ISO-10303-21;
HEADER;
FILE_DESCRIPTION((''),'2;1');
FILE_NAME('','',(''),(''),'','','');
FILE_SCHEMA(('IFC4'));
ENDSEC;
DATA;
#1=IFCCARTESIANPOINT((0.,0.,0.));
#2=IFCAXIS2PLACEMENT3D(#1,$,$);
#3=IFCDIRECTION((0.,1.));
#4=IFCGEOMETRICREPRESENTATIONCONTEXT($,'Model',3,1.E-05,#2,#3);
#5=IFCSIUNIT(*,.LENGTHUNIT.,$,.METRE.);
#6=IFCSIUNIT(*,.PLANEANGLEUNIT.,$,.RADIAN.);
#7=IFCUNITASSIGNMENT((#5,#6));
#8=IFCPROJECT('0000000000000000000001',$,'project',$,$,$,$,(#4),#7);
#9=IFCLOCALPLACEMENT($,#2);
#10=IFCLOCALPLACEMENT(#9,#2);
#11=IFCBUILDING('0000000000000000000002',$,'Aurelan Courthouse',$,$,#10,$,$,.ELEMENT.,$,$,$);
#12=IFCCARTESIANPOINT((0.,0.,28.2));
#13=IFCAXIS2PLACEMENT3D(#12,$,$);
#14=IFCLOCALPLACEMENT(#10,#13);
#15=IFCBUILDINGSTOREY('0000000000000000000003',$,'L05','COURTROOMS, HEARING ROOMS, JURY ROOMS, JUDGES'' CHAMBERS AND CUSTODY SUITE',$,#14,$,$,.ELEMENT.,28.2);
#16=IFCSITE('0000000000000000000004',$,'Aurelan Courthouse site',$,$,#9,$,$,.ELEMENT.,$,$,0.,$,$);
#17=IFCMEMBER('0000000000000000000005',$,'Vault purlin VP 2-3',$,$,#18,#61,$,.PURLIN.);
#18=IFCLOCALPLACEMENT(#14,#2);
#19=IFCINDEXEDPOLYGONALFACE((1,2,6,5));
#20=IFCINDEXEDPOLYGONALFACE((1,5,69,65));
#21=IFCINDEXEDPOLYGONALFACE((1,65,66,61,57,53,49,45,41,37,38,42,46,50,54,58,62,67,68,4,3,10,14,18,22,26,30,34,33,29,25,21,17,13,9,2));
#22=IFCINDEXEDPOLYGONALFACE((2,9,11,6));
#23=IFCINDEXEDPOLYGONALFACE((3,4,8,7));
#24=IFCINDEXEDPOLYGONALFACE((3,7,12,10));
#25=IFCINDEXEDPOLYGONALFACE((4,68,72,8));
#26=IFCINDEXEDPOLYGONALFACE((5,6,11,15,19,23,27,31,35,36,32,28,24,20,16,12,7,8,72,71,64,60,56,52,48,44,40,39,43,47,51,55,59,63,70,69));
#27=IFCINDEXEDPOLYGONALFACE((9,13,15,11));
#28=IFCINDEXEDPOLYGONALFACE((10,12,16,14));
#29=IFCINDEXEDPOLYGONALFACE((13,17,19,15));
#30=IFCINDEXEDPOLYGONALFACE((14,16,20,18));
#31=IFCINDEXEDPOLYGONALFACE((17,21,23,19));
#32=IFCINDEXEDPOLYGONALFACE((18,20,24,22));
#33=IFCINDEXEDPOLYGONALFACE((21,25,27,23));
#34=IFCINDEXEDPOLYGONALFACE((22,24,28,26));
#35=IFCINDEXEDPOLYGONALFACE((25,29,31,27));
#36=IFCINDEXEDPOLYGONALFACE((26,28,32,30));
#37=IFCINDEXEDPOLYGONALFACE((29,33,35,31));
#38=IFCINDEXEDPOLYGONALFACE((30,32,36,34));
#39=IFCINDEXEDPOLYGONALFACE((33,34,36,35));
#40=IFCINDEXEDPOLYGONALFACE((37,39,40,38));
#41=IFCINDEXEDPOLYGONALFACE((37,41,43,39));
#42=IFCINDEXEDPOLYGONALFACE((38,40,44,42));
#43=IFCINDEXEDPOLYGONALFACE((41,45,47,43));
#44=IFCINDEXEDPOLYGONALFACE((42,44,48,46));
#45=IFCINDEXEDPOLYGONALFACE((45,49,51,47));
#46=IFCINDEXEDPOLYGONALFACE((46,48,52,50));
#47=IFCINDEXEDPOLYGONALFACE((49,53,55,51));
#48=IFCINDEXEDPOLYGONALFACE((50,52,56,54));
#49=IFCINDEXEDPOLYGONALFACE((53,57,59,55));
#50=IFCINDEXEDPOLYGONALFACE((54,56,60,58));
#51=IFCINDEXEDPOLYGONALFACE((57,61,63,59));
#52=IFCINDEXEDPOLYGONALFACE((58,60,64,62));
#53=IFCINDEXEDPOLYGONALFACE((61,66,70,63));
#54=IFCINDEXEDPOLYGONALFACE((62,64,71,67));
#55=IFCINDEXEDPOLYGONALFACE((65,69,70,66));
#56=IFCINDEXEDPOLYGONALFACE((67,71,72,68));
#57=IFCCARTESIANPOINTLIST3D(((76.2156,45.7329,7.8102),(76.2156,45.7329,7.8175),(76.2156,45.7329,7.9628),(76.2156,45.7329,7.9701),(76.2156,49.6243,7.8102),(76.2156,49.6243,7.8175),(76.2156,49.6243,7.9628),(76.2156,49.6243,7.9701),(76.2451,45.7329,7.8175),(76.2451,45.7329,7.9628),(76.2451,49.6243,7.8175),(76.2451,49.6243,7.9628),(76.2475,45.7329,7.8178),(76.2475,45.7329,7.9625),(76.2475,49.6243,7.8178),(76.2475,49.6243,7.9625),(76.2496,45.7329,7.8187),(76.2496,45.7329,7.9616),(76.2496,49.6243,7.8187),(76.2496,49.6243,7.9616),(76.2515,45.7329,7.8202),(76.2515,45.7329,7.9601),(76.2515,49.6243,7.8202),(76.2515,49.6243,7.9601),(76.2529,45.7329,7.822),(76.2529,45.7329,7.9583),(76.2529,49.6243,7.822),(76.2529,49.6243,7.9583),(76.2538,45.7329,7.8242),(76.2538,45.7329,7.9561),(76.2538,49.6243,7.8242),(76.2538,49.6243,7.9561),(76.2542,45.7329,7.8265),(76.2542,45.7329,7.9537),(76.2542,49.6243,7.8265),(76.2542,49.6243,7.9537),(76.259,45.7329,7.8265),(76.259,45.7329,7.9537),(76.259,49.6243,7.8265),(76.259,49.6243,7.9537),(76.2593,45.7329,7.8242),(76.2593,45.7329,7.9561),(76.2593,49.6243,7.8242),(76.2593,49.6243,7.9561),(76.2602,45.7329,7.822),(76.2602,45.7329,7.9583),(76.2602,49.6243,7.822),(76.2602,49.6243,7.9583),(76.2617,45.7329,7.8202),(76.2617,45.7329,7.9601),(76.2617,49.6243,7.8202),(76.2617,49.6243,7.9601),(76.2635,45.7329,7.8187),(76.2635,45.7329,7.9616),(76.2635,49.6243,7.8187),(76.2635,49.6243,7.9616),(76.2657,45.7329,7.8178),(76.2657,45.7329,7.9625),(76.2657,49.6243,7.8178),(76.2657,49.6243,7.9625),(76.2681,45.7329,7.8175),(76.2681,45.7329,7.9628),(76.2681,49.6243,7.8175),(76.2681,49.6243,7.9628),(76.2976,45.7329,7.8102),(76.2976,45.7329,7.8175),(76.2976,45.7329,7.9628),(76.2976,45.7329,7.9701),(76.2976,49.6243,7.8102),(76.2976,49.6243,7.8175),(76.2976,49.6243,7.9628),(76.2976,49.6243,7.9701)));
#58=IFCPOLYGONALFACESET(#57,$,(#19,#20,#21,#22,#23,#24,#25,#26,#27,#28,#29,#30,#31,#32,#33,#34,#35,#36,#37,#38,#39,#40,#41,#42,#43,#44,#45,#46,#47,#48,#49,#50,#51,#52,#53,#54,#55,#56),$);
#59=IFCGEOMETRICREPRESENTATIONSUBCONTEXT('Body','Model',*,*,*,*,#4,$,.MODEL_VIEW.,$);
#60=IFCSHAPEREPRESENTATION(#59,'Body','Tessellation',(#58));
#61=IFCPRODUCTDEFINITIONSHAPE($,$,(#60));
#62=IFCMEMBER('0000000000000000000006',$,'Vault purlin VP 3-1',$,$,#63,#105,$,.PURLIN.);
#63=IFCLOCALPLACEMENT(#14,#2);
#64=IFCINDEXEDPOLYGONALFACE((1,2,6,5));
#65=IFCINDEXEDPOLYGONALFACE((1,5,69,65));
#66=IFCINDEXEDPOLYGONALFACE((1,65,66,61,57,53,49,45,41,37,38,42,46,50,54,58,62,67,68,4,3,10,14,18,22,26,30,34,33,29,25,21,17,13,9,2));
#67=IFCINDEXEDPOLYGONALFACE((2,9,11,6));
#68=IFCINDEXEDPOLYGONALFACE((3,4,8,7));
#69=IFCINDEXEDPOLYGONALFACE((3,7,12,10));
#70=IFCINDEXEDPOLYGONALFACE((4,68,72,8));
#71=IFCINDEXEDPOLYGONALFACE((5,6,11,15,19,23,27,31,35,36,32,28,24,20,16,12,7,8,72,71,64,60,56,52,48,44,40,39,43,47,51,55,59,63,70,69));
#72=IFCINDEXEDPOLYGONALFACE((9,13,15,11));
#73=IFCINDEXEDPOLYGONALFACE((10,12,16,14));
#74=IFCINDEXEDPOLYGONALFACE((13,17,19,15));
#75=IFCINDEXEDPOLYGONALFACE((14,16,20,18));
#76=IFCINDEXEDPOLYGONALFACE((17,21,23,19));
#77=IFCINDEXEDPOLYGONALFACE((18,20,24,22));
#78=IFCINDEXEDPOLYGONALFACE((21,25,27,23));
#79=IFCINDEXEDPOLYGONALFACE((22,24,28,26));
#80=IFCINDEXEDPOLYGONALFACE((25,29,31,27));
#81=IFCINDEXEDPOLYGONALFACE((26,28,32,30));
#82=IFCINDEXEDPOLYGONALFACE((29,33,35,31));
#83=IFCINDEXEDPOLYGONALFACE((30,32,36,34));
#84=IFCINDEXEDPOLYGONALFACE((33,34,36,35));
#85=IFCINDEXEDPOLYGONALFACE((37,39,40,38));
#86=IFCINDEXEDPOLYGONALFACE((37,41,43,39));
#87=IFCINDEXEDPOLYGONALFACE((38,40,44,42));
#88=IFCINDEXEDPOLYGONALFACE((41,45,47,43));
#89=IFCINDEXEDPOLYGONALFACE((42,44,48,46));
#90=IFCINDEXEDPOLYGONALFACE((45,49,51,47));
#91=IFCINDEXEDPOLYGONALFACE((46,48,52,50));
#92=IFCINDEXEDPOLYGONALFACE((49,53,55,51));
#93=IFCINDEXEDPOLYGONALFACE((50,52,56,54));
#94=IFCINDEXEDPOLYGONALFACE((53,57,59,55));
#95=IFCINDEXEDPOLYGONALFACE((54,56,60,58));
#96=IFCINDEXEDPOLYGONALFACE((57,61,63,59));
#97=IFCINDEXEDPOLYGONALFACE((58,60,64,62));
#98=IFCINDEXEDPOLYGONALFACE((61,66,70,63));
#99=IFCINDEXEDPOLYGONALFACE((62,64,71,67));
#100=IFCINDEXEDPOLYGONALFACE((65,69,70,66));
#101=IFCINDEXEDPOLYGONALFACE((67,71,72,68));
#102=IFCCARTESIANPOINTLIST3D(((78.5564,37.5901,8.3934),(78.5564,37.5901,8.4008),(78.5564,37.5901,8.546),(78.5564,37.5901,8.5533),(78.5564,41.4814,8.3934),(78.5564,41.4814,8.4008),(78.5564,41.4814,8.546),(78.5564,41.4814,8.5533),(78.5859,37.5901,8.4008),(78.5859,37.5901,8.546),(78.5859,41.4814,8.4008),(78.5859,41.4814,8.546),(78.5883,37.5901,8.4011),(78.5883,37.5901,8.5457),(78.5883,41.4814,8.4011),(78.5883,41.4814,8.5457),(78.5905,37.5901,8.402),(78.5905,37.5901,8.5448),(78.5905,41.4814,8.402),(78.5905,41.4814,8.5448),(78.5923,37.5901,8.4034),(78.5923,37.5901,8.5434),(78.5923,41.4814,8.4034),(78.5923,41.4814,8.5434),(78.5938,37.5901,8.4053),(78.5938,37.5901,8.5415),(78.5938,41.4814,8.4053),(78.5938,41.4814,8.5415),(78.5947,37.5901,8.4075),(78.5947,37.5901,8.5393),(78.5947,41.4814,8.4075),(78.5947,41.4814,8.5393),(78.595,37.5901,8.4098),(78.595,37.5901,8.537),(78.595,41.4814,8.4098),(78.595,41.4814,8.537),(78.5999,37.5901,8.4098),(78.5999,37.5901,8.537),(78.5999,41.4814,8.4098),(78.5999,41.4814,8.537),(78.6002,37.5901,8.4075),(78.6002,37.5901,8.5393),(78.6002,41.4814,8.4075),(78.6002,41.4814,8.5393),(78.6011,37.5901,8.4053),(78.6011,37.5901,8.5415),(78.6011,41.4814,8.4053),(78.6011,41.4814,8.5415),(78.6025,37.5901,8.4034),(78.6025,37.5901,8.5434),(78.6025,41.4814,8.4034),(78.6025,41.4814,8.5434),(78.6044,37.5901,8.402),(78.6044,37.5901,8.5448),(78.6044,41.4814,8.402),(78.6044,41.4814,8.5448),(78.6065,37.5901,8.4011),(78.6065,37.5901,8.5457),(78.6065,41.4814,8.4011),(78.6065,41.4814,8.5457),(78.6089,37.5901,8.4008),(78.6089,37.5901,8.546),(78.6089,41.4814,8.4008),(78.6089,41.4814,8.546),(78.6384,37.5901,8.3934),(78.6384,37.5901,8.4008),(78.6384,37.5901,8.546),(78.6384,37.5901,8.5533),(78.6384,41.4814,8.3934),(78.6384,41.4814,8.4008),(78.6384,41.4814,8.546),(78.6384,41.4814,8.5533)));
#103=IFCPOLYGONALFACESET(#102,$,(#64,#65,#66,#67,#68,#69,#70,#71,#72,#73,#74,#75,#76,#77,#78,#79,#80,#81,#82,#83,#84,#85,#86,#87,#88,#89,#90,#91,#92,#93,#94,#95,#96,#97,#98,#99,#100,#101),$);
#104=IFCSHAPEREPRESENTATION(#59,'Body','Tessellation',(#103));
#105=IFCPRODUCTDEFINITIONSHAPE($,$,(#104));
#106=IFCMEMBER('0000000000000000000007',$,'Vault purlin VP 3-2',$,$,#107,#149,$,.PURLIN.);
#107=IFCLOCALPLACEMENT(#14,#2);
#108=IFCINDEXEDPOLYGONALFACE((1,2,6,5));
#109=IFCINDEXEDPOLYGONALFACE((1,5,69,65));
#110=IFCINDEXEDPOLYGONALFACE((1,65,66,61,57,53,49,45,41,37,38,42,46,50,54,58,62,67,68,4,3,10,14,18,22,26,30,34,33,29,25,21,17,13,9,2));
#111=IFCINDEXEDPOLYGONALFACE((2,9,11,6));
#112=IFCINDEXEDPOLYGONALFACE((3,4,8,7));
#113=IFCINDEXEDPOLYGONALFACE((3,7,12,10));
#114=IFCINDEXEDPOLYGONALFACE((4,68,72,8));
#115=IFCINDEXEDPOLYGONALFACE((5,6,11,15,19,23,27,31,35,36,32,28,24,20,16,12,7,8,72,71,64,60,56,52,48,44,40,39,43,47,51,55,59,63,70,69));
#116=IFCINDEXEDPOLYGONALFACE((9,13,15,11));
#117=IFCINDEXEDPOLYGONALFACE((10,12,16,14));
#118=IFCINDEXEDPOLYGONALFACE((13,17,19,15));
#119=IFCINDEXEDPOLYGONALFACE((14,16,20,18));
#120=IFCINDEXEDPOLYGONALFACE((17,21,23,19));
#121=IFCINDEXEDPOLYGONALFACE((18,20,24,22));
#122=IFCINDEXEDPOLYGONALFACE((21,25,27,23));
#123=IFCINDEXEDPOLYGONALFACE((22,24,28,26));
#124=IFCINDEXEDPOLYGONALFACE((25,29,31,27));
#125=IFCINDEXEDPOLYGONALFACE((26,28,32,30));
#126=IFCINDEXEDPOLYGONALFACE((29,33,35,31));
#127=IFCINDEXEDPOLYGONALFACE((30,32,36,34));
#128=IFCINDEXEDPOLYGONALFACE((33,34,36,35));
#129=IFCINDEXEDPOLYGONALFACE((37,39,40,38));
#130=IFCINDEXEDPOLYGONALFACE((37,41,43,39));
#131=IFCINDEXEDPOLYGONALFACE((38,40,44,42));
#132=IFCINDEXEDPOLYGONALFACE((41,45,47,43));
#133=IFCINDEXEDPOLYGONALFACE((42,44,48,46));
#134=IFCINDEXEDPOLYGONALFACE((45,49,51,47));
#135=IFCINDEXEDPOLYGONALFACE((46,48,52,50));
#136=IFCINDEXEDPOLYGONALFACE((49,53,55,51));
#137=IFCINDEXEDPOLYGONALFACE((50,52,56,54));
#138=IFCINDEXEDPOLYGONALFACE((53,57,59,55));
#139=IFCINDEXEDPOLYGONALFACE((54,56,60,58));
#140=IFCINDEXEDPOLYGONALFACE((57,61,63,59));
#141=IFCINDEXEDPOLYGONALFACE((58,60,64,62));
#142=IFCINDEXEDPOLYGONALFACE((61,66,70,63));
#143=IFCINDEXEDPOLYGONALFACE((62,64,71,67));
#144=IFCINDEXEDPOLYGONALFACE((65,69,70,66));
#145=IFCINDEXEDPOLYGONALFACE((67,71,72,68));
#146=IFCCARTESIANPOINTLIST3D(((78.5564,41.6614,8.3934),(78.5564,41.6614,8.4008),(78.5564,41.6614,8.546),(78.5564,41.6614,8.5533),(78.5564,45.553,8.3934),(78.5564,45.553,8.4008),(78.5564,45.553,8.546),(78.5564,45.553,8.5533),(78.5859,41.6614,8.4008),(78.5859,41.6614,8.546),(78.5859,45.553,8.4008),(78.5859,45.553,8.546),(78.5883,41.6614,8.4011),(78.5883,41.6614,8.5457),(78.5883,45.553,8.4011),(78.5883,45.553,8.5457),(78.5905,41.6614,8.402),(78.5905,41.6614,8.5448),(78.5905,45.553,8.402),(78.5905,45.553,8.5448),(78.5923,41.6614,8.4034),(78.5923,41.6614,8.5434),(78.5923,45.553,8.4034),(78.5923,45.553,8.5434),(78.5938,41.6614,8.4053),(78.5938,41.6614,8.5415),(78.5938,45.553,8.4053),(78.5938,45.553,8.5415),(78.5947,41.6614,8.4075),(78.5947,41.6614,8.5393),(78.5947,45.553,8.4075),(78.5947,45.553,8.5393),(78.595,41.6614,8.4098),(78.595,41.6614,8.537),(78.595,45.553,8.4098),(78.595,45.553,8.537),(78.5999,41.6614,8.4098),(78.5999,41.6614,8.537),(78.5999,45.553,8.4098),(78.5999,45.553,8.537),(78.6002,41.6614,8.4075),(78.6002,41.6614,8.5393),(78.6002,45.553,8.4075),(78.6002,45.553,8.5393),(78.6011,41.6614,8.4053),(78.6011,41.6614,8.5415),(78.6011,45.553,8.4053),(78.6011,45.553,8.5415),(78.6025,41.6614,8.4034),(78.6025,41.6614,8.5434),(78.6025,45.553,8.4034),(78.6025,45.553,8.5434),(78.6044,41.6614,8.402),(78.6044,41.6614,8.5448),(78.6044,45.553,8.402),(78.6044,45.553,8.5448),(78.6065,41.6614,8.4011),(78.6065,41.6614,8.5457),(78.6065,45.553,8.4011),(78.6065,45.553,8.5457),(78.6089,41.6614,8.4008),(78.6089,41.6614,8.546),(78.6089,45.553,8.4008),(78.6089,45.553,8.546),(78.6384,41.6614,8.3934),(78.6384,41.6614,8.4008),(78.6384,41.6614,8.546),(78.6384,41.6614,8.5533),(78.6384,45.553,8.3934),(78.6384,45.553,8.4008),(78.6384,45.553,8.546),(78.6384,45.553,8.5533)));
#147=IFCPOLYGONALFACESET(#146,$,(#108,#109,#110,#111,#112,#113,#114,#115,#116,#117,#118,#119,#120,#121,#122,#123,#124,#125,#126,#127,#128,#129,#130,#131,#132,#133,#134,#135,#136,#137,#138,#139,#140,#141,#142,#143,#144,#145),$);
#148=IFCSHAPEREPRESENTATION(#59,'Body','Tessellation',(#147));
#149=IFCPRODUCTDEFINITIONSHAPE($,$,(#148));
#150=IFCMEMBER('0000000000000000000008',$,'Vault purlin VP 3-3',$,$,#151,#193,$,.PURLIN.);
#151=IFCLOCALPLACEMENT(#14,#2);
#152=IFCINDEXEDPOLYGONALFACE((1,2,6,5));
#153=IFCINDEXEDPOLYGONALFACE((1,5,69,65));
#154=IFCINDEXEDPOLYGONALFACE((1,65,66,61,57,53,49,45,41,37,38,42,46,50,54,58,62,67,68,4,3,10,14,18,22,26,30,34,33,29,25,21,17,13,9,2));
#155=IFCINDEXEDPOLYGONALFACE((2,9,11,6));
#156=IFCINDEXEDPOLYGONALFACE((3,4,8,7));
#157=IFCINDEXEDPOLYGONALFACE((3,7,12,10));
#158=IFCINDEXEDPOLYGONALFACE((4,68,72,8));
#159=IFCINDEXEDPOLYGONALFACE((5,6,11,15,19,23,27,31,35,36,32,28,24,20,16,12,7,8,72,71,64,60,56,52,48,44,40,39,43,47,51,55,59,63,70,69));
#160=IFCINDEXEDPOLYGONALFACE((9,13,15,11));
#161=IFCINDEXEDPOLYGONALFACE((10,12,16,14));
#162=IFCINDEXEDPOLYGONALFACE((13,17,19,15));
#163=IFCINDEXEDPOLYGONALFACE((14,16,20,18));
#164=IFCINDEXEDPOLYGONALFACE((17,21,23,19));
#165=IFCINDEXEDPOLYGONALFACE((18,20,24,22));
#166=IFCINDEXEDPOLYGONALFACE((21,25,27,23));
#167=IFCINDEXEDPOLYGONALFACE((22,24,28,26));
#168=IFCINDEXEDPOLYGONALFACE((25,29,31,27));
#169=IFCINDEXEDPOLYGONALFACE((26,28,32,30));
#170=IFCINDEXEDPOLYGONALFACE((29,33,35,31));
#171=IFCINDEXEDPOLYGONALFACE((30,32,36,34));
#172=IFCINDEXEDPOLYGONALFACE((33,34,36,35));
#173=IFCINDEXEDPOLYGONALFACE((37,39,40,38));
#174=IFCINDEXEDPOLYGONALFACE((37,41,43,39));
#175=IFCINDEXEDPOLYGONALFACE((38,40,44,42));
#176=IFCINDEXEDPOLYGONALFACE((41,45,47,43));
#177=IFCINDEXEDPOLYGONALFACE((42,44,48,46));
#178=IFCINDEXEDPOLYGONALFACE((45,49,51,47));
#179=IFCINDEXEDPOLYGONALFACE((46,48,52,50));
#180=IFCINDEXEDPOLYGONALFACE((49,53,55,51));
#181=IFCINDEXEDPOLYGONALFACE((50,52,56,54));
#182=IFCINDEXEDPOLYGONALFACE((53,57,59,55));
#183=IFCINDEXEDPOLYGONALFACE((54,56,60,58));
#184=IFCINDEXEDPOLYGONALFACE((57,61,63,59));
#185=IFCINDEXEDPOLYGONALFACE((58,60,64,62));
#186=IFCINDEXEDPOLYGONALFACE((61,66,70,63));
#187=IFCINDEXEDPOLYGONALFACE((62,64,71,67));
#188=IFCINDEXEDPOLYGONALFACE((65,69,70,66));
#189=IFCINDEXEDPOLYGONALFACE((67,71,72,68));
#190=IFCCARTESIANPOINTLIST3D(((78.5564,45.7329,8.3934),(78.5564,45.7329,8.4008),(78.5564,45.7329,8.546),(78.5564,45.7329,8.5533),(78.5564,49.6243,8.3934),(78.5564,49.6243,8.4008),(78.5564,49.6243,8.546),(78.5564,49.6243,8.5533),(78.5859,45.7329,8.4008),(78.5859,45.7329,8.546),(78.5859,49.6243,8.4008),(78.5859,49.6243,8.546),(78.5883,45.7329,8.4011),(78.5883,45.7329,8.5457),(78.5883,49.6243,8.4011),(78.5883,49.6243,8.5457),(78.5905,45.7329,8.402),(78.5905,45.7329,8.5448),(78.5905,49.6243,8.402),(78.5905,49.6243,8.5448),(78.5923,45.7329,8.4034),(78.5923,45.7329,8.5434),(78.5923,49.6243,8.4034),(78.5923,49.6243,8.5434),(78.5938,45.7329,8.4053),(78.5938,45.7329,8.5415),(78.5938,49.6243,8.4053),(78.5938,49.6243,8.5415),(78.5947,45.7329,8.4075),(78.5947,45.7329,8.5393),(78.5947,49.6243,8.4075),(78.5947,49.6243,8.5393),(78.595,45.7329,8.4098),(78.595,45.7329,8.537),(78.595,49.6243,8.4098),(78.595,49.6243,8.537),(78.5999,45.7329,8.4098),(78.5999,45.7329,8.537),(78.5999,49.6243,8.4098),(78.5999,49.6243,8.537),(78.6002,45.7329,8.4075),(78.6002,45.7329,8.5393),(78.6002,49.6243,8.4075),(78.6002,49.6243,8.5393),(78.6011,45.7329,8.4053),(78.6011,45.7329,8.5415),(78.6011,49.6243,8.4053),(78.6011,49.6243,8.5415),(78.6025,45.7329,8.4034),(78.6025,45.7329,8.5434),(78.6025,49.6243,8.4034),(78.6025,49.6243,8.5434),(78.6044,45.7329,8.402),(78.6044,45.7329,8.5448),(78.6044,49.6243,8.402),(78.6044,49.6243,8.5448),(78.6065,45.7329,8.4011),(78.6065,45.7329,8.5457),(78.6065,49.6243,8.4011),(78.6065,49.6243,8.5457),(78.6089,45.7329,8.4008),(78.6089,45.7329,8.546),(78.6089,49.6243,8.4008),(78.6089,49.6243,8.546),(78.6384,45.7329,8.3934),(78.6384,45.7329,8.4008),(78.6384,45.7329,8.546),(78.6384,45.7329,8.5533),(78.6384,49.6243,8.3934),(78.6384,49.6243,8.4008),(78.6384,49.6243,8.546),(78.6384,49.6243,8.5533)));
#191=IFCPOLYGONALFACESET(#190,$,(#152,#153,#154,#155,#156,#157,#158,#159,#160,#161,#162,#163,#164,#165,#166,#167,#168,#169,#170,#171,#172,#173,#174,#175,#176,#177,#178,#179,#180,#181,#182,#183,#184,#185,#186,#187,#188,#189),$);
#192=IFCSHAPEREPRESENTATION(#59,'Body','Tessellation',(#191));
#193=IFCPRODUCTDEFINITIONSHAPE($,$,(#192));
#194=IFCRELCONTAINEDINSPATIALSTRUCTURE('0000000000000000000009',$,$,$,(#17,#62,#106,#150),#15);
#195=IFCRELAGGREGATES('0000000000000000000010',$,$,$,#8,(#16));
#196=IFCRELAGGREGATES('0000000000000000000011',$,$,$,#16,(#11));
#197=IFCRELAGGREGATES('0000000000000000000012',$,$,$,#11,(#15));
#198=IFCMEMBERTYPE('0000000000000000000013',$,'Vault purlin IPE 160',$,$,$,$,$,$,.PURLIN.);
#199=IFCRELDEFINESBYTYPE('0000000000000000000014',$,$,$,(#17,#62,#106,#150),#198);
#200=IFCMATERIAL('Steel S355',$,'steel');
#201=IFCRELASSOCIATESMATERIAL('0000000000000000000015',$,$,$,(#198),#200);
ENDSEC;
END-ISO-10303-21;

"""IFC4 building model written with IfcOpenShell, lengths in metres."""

from ifc_helpers import new_model, si_unit, direction, frame, origin, origin_2d, place, context, subcontext, project, spatial, i_section, extrude, material, material_profile, profile_set, type_object, element, save


model = new_model("IFC4")

# Units and contexts
model_context = context("Model", 3, precision=1e-05, world=origin(), true_north=direction((0.0, 1.0)))
body_context = subcontext(model_context, "Body", "Model", "MODEL_VIEW")
ifc_project = project(units=[si_unit("LENGTHUNIT", "METRE"), si_unit("PLANEANGLEUNIT", "RADIAN")], contexts=[model_context])

# Site, building, storey
site_placement = place(None, origin())
site = spatial("IfcSite", under=ifc_project, at=site_placement, Name="Aurelan Courthouse site", CompositionType="ELEMENT", RefElevation=0.0)
building_placement = place(site_placement, origin())
building = spatial("IfcBuilding", under=site, at=building_placement, Name="Aurelan Courthouse", CompositionType="ELEMENT")
storey_placement = place(building_placement, frame((0.0, 0.0, 28.2)))
storey = spatial("IfcBuildingStorey", under=building, at=storey_placement, Name="L05", Description="COURTROOMS, HEARING ROOMS, JURY ROOMS, JUDGES' CHAMBERS AND CUSTODY SUITE", CompositionType="ELEMENT", Elevation=28.2)

# Members
ifc_material_1 = material(Name="Steel S355", Category="steel")
ifc_material_profile_1 = material_profile(ifc_material_1, i_section(OverallWidth=0.082, OverallDepth=0.1599, WebThickness=0.0049, FlangeThickness=0.0073, FilletRadius=0.009, at=origin_2d()), Name="IPE 160")
ifc_profile_set_1 = profile_set([ifc_material_profile_1], Name="Steel S355")
member_type_1 = type_object("IfcMemberType", Name="Vault purlin IPE 160", PredefinedType="PURLIN", material=ifc_profile_set_1)
for number, where, z_axis, x_axis, name in (
    (1, (76.2566, 45.7329, 7.8901), (0.0, 1.0, 0.0), (-1.0, 0.0, 0.0), "Vault purlin VP 2-3"),
    (2, (78.5974, 37.5901, 8.4734), (0.0, 1.0, 0.0), (-1.0, 0.0, 0.0), "Vault purlin VP 3-1"),
):
    element("IfcMember", number, at=place(storey_placement, frame(where, z_axis=z_axis, x_axis=x_axis)), inside=storey, type_object=member_type_1, Name=name, PredefinedType="PURLIN", context=body_context, shape_type="SweptSolid", body=[
        extrude(i_section(OverallWidth=0.082, OverallDepth=0.1599, WebThickness=0.0049, FlangeThickness=0.0073, FilletRadius=0.009, at=origin_2d()), origin(), (0.0, 0.0, 1.0), 3.8914),
    ])
member_1_placement = place(storey_placement, frame((78.5974, 41.6614, 8.4734), z_axis=(0.0, 1.0, 0.0), x_axis=(-1.0, 0.0, 0.0)))
element("IfcMember", 3, at=member_1_placement, inside=storey, type_object=member_type_1, Name="Vault purlin VP 3-2", PredefinedType="PURLIN", context=body_context, shape_type="SweptSolid", body=[
    extrude(i_section(OverallWidth=0.082, OverallDepth=0.1599, WebThickness=0.0049, FlangeThickness=0.0073, FilletRadius=0.009, at=origin_2d()), origin(), (0.0, 0.0, 1.0), 3.8916),
])
member_2_placement = place(storey_placement, frame((78.5974, 45.7329, 8.4734), z_axis=(0.0, 1.0, 0.0), x_axis=(-1.0, 0.0, 0.0)))
element("IfcMember", 4, at=member_2_placement, inside=storey, type_object=member_type_1, Name="Vault purlin VP 3-3", PredefinedType="PURLIN", context=body_context, shape_type="SweptSolid", body=[
    extrude(i_section(OverallWidth=0.082, OverallDepth=0.1599, WebThickness=0.0049, FlangeThickness=0.0073, FilletRadius=0.009, at=origin_2d()), origin(), (0.0, 0.0, 1.0), 3.8914),
])

save(model, "model.ifc")
